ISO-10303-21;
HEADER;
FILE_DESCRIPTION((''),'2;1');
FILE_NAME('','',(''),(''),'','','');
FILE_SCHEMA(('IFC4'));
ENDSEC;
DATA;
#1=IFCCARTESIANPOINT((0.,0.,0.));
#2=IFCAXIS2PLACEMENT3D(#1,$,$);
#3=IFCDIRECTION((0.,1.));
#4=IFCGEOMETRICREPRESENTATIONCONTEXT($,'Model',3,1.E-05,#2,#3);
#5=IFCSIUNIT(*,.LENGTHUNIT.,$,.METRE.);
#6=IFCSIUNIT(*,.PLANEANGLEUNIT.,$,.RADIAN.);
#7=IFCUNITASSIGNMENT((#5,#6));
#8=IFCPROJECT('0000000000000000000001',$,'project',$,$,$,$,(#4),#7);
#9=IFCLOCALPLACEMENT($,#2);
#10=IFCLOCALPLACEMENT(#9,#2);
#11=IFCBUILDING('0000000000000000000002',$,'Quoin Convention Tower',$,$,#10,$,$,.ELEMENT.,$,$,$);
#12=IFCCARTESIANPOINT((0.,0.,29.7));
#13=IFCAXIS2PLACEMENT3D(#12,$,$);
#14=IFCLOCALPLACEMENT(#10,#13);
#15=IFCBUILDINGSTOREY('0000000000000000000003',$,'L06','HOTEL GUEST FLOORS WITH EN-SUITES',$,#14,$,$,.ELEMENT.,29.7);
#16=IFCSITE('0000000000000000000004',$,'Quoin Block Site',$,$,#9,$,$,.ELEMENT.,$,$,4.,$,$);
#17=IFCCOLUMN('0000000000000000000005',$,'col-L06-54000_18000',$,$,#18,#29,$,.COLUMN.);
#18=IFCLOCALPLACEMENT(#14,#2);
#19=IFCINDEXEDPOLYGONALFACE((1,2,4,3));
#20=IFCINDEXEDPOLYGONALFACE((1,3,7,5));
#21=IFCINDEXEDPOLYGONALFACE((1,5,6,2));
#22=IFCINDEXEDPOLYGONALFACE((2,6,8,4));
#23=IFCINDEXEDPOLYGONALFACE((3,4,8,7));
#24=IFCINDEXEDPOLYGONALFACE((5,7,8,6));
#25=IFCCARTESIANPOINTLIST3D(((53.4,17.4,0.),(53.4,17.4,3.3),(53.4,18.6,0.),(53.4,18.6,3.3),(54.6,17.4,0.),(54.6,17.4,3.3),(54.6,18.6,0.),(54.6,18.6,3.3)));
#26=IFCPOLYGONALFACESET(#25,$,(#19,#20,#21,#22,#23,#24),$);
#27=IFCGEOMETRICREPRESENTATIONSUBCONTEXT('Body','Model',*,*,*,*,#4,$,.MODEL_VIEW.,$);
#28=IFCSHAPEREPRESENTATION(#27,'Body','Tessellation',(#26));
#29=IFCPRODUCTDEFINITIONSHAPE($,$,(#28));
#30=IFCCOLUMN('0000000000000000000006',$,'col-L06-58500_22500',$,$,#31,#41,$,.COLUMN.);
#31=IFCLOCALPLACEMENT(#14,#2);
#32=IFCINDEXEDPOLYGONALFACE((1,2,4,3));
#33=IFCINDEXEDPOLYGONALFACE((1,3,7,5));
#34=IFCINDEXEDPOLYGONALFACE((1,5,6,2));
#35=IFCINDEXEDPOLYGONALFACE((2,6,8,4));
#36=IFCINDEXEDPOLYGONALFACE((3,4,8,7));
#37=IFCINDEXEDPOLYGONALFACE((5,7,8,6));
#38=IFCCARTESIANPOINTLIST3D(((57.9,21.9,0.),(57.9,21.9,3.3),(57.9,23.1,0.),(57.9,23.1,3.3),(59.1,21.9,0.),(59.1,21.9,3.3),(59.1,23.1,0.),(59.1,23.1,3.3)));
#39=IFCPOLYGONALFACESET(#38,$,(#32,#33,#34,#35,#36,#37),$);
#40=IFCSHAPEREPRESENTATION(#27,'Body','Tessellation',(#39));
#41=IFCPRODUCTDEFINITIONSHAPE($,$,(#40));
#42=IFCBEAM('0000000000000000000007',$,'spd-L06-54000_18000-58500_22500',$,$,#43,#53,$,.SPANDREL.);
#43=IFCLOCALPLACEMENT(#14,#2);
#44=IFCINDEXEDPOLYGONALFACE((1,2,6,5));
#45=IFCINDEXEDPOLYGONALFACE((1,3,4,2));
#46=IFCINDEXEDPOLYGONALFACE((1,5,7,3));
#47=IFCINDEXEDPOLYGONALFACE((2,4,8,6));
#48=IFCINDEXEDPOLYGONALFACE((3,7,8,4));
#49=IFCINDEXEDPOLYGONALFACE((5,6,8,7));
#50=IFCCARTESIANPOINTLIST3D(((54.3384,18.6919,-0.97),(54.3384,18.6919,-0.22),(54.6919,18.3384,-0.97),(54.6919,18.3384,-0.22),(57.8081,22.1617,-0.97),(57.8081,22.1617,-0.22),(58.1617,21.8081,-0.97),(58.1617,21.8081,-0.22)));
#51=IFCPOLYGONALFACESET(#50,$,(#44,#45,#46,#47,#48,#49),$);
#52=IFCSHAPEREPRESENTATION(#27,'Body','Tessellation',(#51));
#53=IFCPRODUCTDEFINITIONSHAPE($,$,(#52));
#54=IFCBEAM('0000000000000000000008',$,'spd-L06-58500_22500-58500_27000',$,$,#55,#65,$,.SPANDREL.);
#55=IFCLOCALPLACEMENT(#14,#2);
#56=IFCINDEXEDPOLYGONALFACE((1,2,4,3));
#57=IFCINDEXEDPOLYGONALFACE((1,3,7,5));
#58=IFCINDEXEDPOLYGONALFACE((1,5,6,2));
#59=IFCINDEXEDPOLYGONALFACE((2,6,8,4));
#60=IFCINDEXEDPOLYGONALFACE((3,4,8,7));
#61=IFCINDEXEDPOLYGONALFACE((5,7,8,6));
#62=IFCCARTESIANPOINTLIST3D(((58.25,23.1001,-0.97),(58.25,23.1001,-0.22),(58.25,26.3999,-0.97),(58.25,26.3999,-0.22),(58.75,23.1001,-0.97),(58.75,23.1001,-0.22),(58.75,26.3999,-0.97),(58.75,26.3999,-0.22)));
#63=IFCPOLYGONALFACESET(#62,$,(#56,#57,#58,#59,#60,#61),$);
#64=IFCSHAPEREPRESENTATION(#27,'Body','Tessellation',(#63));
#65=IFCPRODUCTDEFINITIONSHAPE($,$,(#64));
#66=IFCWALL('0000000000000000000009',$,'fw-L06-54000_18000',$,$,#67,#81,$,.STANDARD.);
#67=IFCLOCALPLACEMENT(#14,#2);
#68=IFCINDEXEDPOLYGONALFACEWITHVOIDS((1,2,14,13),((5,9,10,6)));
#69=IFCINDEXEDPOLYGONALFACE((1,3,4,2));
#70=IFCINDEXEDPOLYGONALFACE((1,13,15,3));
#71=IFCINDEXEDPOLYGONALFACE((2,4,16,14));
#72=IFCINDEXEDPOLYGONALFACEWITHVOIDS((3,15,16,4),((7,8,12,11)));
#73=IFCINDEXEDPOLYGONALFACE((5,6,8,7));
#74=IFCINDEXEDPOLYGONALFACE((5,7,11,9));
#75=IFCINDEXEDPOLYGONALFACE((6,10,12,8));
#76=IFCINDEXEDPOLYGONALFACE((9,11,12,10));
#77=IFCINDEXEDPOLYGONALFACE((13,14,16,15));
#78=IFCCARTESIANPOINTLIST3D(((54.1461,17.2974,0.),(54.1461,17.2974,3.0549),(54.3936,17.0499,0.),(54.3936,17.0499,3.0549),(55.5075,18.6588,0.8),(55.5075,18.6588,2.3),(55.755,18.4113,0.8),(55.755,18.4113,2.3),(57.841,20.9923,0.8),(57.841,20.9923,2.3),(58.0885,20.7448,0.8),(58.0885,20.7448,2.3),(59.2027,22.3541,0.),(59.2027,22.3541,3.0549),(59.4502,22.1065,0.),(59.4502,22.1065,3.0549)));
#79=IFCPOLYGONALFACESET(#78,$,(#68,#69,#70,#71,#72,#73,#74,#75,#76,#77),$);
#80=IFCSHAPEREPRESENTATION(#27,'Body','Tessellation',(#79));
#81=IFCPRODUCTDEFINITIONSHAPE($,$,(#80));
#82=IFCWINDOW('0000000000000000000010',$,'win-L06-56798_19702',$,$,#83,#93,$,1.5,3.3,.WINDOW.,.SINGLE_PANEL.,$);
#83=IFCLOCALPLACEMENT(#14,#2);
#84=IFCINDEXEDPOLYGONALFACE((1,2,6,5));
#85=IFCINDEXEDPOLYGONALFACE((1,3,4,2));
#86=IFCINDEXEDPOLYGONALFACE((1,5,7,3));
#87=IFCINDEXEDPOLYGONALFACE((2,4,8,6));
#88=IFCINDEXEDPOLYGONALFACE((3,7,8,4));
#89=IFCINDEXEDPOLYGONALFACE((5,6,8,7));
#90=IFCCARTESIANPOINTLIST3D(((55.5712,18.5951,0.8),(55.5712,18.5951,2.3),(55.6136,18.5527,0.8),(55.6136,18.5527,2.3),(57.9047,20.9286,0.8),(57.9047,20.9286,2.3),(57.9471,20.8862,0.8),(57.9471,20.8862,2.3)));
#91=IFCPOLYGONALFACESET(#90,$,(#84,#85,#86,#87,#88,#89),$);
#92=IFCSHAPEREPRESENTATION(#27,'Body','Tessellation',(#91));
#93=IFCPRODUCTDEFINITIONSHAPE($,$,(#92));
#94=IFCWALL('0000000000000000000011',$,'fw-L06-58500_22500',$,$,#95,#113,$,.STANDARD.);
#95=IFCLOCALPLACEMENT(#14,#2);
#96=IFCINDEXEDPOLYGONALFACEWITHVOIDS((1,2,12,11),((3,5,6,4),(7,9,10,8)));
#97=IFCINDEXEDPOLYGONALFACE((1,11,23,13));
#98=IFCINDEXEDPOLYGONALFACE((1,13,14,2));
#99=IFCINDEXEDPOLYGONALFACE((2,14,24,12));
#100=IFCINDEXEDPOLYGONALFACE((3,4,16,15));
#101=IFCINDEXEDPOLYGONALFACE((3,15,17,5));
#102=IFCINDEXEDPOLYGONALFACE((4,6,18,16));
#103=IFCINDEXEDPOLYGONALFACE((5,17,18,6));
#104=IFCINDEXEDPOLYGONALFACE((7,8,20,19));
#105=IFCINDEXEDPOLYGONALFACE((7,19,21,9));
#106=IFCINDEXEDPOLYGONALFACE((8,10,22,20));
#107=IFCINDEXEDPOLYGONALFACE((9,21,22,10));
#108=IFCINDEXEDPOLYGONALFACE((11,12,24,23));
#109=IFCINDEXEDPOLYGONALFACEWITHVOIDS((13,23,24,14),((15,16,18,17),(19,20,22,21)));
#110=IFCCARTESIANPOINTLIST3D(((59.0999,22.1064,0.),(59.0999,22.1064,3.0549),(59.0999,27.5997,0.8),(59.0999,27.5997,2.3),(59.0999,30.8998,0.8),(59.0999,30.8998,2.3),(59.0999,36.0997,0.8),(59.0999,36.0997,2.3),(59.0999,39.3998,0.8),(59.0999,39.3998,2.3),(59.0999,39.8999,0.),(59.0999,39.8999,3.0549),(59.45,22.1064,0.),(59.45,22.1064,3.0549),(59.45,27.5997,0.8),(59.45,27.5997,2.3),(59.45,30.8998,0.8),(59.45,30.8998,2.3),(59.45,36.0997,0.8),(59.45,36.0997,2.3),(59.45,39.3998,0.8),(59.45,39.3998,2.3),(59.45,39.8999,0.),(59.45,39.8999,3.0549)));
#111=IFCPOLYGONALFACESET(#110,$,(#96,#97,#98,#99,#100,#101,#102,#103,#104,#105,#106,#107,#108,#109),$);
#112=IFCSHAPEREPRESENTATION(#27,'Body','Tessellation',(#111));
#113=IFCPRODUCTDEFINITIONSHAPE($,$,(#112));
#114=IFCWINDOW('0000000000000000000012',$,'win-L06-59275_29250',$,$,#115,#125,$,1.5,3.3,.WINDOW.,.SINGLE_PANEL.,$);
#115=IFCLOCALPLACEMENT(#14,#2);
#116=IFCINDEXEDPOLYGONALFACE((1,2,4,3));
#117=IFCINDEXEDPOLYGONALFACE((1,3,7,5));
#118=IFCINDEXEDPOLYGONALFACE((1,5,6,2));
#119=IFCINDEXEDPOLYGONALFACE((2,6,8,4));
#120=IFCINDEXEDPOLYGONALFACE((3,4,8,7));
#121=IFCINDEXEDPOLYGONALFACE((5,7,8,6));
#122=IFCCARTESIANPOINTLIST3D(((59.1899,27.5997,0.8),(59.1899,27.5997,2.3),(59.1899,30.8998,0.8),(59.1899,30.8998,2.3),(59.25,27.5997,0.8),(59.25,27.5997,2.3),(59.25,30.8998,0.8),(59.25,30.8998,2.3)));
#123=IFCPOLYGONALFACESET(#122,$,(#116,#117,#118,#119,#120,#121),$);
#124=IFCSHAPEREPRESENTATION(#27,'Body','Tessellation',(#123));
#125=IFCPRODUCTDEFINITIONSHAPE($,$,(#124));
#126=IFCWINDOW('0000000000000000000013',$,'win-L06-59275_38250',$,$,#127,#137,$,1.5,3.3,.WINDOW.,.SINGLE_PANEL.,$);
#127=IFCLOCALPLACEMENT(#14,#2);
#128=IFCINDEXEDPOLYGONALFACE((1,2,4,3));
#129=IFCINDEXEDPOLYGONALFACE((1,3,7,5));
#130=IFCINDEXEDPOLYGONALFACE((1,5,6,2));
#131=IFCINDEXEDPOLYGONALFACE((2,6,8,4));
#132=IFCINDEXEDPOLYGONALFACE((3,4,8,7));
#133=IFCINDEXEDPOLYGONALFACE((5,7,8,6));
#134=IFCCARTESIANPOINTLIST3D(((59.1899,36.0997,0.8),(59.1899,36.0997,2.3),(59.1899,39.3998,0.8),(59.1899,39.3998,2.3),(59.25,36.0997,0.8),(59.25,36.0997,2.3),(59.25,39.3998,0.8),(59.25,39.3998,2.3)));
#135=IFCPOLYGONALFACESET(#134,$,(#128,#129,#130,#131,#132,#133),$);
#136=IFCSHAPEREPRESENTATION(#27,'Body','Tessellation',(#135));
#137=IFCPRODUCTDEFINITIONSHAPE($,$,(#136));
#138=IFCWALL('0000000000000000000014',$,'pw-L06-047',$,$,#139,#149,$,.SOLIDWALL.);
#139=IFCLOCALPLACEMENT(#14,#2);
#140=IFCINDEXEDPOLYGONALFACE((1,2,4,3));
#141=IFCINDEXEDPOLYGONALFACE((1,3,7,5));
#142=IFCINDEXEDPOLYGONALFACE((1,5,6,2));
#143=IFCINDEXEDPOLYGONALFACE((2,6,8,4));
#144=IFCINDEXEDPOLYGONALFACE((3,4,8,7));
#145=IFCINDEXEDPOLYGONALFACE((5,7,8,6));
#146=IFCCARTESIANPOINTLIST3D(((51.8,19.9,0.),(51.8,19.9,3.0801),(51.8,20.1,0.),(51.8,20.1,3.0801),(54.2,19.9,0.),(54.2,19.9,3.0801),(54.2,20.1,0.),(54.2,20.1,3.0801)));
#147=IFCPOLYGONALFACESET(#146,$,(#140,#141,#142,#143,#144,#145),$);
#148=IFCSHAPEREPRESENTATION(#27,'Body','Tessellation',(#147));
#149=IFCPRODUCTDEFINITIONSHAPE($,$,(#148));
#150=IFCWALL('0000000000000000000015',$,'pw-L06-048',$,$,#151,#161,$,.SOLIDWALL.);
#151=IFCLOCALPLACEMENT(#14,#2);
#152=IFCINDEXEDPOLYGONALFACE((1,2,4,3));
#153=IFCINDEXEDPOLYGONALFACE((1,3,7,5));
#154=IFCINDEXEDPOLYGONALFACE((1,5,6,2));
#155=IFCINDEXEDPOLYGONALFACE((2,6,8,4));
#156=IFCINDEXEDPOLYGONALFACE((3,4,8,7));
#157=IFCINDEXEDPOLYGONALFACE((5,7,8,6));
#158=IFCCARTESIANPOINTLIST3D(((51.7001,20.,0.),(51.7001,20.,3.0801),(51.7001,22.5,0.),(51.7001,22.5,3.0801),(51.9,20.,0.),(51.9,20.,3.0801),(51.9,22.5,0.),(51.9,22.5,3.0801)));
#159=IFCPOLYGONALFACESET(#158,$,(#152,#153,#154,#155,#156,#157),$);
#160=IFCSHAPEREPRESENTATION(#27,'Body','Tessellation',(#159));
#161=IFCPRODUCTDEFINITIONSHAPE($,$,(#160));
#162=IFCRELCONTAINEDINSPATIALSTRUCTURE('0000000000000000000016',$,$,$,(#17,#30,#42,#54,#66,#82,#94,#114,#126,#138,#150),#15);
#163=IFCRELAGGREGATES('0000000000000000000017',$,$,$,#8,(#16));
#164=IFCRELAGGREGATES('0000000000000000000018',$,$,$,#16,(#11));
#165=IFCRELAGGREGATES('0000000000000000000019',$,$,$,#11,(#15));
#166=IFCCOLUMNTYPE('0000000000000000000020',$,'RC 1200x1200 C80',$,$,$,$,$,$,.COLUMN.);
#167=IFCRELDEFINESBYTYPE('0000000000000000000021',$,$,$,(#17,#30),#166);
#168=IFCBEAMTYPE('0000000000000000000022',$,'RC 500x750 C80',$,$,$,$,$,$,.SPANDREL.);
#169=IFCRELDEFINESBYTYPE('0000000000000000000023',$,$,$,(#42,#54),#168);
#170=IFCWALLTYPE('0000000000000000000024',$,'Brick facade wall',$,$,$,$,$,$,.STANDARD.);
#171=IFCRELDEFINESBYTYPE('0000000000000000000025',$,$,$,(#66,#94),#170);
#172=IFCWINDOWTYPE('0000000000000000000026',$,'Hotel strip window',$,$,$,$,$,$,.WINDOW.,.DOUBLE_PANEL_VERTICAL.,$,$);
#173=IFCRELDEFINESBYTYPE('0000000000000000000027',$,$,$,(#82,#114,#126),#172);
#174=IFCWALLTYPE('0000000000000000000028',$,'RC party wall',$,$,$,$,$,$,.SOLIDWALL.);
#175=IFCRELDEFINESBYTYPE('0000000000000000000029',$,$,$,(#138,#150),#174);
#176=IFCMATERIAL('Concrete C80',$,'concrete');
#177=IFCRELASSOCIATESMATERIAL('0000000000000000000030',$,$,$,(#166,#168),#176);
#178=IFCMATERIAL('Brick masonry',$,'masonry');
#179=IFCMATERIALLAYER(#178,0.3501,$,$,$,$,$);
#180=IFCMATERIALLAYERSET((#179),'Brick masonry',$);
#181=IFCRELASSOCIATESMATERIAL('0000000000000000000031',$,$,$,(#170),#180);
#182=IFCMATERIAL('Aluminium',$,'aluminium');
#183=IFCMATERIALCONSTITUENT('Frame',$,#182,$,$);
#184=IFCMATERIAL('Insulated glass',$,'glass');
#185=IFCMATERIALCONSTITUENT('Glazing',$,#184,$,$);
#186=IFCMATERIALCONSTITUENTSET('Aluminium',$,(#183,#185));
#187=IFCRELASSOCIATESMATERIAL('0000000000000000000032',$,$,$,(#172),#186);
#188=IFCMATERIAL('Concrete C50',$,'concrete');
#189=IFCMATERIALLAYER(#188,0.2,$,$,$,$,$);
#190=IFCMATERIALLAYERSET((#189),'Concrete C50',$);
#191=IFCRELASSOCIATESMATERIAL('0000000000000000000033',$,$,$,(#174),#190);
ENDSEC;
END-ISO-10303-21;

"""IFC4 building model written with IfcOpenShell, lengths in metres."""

from ifc_helpers import new_model, si_unit, direction, frame, frame_2d, origin, origin_2d, place, context, subcontext, project, spatial, rectangle, extrude, material, layer, layer_set, constituent, constituent_set, material_profile, profile_set, type_object, element, fill, save


model = new_model("IFC4")

# Units and contexts
model_context = context("Model", 3, precision=1e-05, world=origin(), true_north=direction((0.0, 1.0)))
body_context = subcontext(model_context, "Body", "Model", "MODEL_VIEW")
ifc_project = project(units=[si_unit("LENGTHUNIT", "METRE"), si_unit("PLANEANGLEUNIT", "RADIAN")], contexts=[model_context])

# Site, building, storey
site_placement = place(None, origin())
site = spatial("IfcSite", under=ifc_project, at=site_placement, Name="Quoin Block Site", CompositionType="ELEMENT", RefElevation=4.0)
building_placement = place(site_placement, origin())
building = spatial("IfcBuilding", under=site, at=building_placement, Name="Quoin Convention Tower", CompositionType="ELEMENT")
storey_placement = place(building_placement, frame((0.0, 0.0, 29.7)))
storey = spatial("IfcBuildingStorey", under=building, at=storey_placement, Name="L06", Description="HOTEL GUEST FLOORS WITH EN-SUITES", CompositionType="ELEMENT", Elevation=29.7)

# Columns
ifc_material_1 = material(Name="Concrete C80", Category="concrete")
ifc_material_profile_1 = material_profile(ifc_material_1, rectangle(XDim=1.2, YDim=1.2, at=origin_2d()), Name="RC 1200x1200")
ifc_profile_set_1 = profile_set([ifc_material_profile_1], Name="Concrete C80")
column_type = type_object("IfcColumnType", Name="RC 1200x1200 C80", PredefinedType="COLUMN", material=ifc_profile_set_1)
for number, where, z_axis, x_axis, name in (
    (1, (54.0, 18.0, 0.0), (0.0, 0.0, 1.0), (1.0, 0.0, 0.0), "col-L06-54000_18000"),
    (2, (58.5, 22.5, 0.0), (0.0, 0.0, 1.0), (1.0, 0.0, 0.0), "col-L06-58500_22500"),
):
    element("IfcColumn", number, at=place(storey_placement, frame(where, z_axis=z_axis, x_axis=x_axis)), inside=storey, type_object=column_type, Name=name, PredefinedType="COLUMN", context=body_context, shape_type="SweptSolid", body=[
        extrude(rectangle(XDim=1.2, YDim=1.2, at=origin_2d()), origin(), (0.0, 0.0, 1.0), 3.3),
    ])

# Beams
ifc_material_profile_2 = material_profile(ifc_material_1, rectangle(XDim=0.5, YDim=0.75, at=origin_2d()), Name="RC 500x750")
ifc_profile_set_2 = profile_set([ifc_material_profile_2], Name="Concrete C80")
beam_type = type_object("IfcBeamType", Name="RC 500x750 C80", PredefinedType="SPANDREL", material=ifc_profile_set_2)
beam_1_placement = place(storey_placement, frame((54.5151, 18.5151, -0.595), z_axis=(0.707107, 0.707107, 0.0), x_axis=(-0.707107, 0.707107, 0.0)))
element("IfcBeam", 3, at=beam_1_placement, inside=storey, type_object=beam_type, Name="spd-L06-54000_18000-58500_22500", PredefinedType="SPANDREL", context=body_context, shape_type="SweptSolid", body=[
    extrude(rectangle(XDim=0.5, YDim=0.75, at=origin_2d()), origin(), (0.0, 0.0, 1.0), 4.907),
])
beam_2_placement = place(storey_placement, frame((58.5, 23.1001, -0.595), z_axis=(0.0, 1.0, 0.0), x_axis=(-1.0, 0.0, 0.0)))
element("IfcBeam", 4, at=beam_2_placement, inside=storey, type_object=beam_type, Name="spd-L06-58500_22500-58500_27000", PredefinedType="SPANDREL", context=body_context, shape_type="SweptSolid", body=[
    extrude(rectangle(XDim=0.5, YDim=0.75, at=origin_2d()), origin(), (0.0, 0.0, 1.0), 3.2998),
])

# Wall, opening, window
ifc_material_2 = material(Name="Brick masonry", Category="masonry")
ifc_layer_1 = layer(ifc_material_2, 0.3501)
ifc_layer_set_1 = layer_set([ifc_layer_1], Name="Brick masonry")
wall_type_1 = type_object("IfcWallType", Name="Brick facade wall", PredefinedType="STANDARD", material=ifc_layer_set_1)
wall_1_placement = place(storey_placement, frame((54.2698, 17.1736, 0.0), z_axis=(0.0, 0.0, 1.0), x_axis=(0.707107, 0.707107, 0.0)))
wall_1 = element("IfcWall", 5, at=wall_1_placement, inside=storey, type_object=wall_type_1, Name="fw-L06-54000_18000", PredefinedType="STANDARD", context=body_context, shape_type="SweptSolid", body=[
    extrude(rectangle(XDim=7.1511, YDim=0.3501, at=frame_2d((3.5757, 0.0))), origin(), (0.0, 0.0, 1.0), 3.0549),
])
opening_1_placement = place(wall_1_placement, frame((1.9255, 0.0, 0.8)))
opening_1 = element("IfcOpeningElement", 6, at=opening_1_placement, cuts=wall_1, PredefinedType="OPENING", context=body_context, shape_type="SweptSolid", body=[
    extrude(rectangle(XDim=3.3, YDim=1.5, at=frame_2d((1.6499, 0.75))), frame((0.0, 0.1851, 0.0), z_axis=(0.0, -1.0, 0.0), x_axis=(1.0, 0.0, 0.0)), (0.0, 0.0, 1.0), 0.3701),
])
ifc_material_3 = material(Name="Aluminium", Category="aluminium")
ifc_constituent_1 = constituent(ifc_material_3, Name="Frame")
ifc_material_4 = material(Name="Insulated glass", Category="glass")
ifc_constituent_2 = constituent(ifc_material_4, Name="Glazing")
ifc_constituent_set = constituent_set(constituents=[ifc_constituent_1, ifc_constituent_2], Name="Aluminium")
window_type = type_object("IfcWindowType", Name="Hotel strip window", PartitioningType="DOUBLE_PANEL_VERTICAL", PredefinedType="WINDOW", material=ifc_constituent_set)
window_1_placement = place(opening_1_placement, origin())
window_1 = element("IfcWindow", 7, at=window_1_placement, inside=storey, type_object=window_type, Name="win-L06-56798_19702", OverallHeight=1.5, OverallWidth=3.3, PartitioningType="SINGLE_PANEL", PredefinedType="WINDOW", context=body_context, shape_type="SweptSolid", body=[
    extrude(rectangle(XDim=3.3, YDim=1.5, at=frame_2d((1.6499, 0.75))), frame((0.0, 0.085, 0.0), z_axis=(0.0, -1.0, 0.0), x_axis=(1.0, 0.0, 0.0)), (0.0, 0.0, 1.0), 0.0601),
])
fill(opening_1, window_1)

# Wall, openings, windows
wall_2_placement = place(storey_placement, frame((59.2749, 22.1064, 0.0), z_axis=(0.0, 0.0, 1.0), x_axis=(0.0, 1.0, 0.0)))
wall_2 = element("IfcWall", 8, at=wall_2_placement, inside=storey, type_object=wall_type_1, Name="fw-L06-58500_22500", PredefinedType="STANDARD", context=body_context, shape_type="SweptSolid", body=[
    extrude(rectangle(XDim=17.7935, YDim=0.3501, at=frame_2d((8.8967, 0.0))), origin(), (0.0, 0.0, 1.0), 3.0549),
])
opening_2_placement = place(wall_2_placement, frame((5.4934, 0.0, 0.8)))
opening_2 = element("IfcOpeningElement", 9, at=opening_2_placement, cuts=wall_2, PredefinedType="OPENING", context=body_context, shape_type="SweptSolid", body=[
    extrude(rectangle(XDim=3.3, YDim=1.5, at=frame_2d((1.6499, 0.75))), frame((0.0, 0.1851, 0.0), z_axis=(0.0, -1.0, 0.0), x_axis=(1.0, 0.0, 0.0)), (0.0, 0.0, 1.0), 0.3701),
])
opening_3_placement = place(wall_2_placement, frame((13.9934, 0.0, 0.8)))
opening_3 = element("IfcOpeningElement", 10, at=opening_3_placement, cuts=wall_2, PredefinedType="OPENING", context=body_context, shape_type="SweptSolid", body=[
    extrude(rectangle(XDim=3.3, YDim=1.5, at=frame_2d((1.6499, 0.75))), frame((0.0, 0.1851, 0.0), z_axis=(0.0, -1.0, 0.0), x_axis=(1.0, 0.0, 0.0)), (0.0, 0.0, 1.0), 0.3701),
])
window_2_placement = place(opening_2_placement, origin())
window_2 = element("IfcWindow", 11, at=window_2_placement, inside=storey, type_object=window_type, Name="win-L06-59275_29250", OverallHeight=1.5, OverallWidth=3.3, PartitioningType="SINGLE_PANEL", PredefinedType="WINDOW", context=body_context, shape_type="SweptSolid", body=[
    extrude(rectangle(XDim=3.3, YDim=1.5, at=frame_2d((1.6499, 0.75))), frame((0.0, 0.085, 0.0), z_axis=(0.0, -1.0, 0.0), x_axis=(1.0, 0.0, 0.0)), (0.0, 0.0, 1.0), 0.0601),
])
fill(opening_2, window_2)
window_3_placement = place(opening_3_placement, origin())
window_3 = element("IfcWindow", 12, at=window_3_placement, inside=storey, type_object=window_type, Name="win-L06-59275_38250", OverallHeight=1.5, OverallWidth=3.3, PartitioningType="SINGLE_PANEL", PredefinedType="WINDOW", context=body_context, shape_type="SweptSolid", body=[
    extrude(rectangle(XDim=3.3, YDim=1.5, at=frame_2d((1.6499, 0.75))), frame((0.0, 0.085, 0.0), z_axis=(0.0, -1.0, 0.0), x_axis=(1.0, 0.0, 0.0)), (0.0, 0.0, 1.0), 0.0601),
])
fill(opening_3, window_3)

# Walls
ifc_material_5 = material(Name="Concrete C50", Category="concrete")
ifc_layer_2 = layer(ifc_material_5, 0.2)
ifc_layer_set_2 = layer_set([ifc_layer_2], Name="Concrete C50")
wall_type_2 = type_object("IfcWallType", Name="RC party wall", PredefinedType="SOLIDWALL", material=ifc_layer_set_2)
wall_3_placement = place(storey_placement, frame((51.8, 20.0, 0.0), z_axis=(0.0, 0.0, 1.0), x_axis=(1.0, 0.0, 0.0)))
element("IfcWall", 13, at=wall_3_placement, inside=storey, type_object=wall_type_2, Name="pw-L06-047", PredefinedType="SOLIDWALL", context=body_context, shape_type="SweptSolid", body=[
    extrude(rectangle(XDim=2.3999, YDim=0.2, at=frame_2d((1.2, 0.0))), origin(), (0.0, 0.0, 1.0), 3.0801),
])
wall_4_placement = place(storey_placement, frame((51.8, 20.0, 0.0), z_axis=(0.0, 0.0, 1.0), x_axis=(0.0, 1.0, 0.0)))
element("IfcWall", 14, at=wall_4_placement, inside=storey, type_object=wall_type_2, Name="pw-L06-048", PredefinedType="SOLIDWALL", context=body_context, shape_type="SweptSolid", body=[
    extrude(rectangle(XDim=2.5, YDim=0.2, at=frame_2d((1.25, 0.0))), origin(), (0.0, 0.0, 1.0), 3.0801),
])

save(model, "model.ifc")
